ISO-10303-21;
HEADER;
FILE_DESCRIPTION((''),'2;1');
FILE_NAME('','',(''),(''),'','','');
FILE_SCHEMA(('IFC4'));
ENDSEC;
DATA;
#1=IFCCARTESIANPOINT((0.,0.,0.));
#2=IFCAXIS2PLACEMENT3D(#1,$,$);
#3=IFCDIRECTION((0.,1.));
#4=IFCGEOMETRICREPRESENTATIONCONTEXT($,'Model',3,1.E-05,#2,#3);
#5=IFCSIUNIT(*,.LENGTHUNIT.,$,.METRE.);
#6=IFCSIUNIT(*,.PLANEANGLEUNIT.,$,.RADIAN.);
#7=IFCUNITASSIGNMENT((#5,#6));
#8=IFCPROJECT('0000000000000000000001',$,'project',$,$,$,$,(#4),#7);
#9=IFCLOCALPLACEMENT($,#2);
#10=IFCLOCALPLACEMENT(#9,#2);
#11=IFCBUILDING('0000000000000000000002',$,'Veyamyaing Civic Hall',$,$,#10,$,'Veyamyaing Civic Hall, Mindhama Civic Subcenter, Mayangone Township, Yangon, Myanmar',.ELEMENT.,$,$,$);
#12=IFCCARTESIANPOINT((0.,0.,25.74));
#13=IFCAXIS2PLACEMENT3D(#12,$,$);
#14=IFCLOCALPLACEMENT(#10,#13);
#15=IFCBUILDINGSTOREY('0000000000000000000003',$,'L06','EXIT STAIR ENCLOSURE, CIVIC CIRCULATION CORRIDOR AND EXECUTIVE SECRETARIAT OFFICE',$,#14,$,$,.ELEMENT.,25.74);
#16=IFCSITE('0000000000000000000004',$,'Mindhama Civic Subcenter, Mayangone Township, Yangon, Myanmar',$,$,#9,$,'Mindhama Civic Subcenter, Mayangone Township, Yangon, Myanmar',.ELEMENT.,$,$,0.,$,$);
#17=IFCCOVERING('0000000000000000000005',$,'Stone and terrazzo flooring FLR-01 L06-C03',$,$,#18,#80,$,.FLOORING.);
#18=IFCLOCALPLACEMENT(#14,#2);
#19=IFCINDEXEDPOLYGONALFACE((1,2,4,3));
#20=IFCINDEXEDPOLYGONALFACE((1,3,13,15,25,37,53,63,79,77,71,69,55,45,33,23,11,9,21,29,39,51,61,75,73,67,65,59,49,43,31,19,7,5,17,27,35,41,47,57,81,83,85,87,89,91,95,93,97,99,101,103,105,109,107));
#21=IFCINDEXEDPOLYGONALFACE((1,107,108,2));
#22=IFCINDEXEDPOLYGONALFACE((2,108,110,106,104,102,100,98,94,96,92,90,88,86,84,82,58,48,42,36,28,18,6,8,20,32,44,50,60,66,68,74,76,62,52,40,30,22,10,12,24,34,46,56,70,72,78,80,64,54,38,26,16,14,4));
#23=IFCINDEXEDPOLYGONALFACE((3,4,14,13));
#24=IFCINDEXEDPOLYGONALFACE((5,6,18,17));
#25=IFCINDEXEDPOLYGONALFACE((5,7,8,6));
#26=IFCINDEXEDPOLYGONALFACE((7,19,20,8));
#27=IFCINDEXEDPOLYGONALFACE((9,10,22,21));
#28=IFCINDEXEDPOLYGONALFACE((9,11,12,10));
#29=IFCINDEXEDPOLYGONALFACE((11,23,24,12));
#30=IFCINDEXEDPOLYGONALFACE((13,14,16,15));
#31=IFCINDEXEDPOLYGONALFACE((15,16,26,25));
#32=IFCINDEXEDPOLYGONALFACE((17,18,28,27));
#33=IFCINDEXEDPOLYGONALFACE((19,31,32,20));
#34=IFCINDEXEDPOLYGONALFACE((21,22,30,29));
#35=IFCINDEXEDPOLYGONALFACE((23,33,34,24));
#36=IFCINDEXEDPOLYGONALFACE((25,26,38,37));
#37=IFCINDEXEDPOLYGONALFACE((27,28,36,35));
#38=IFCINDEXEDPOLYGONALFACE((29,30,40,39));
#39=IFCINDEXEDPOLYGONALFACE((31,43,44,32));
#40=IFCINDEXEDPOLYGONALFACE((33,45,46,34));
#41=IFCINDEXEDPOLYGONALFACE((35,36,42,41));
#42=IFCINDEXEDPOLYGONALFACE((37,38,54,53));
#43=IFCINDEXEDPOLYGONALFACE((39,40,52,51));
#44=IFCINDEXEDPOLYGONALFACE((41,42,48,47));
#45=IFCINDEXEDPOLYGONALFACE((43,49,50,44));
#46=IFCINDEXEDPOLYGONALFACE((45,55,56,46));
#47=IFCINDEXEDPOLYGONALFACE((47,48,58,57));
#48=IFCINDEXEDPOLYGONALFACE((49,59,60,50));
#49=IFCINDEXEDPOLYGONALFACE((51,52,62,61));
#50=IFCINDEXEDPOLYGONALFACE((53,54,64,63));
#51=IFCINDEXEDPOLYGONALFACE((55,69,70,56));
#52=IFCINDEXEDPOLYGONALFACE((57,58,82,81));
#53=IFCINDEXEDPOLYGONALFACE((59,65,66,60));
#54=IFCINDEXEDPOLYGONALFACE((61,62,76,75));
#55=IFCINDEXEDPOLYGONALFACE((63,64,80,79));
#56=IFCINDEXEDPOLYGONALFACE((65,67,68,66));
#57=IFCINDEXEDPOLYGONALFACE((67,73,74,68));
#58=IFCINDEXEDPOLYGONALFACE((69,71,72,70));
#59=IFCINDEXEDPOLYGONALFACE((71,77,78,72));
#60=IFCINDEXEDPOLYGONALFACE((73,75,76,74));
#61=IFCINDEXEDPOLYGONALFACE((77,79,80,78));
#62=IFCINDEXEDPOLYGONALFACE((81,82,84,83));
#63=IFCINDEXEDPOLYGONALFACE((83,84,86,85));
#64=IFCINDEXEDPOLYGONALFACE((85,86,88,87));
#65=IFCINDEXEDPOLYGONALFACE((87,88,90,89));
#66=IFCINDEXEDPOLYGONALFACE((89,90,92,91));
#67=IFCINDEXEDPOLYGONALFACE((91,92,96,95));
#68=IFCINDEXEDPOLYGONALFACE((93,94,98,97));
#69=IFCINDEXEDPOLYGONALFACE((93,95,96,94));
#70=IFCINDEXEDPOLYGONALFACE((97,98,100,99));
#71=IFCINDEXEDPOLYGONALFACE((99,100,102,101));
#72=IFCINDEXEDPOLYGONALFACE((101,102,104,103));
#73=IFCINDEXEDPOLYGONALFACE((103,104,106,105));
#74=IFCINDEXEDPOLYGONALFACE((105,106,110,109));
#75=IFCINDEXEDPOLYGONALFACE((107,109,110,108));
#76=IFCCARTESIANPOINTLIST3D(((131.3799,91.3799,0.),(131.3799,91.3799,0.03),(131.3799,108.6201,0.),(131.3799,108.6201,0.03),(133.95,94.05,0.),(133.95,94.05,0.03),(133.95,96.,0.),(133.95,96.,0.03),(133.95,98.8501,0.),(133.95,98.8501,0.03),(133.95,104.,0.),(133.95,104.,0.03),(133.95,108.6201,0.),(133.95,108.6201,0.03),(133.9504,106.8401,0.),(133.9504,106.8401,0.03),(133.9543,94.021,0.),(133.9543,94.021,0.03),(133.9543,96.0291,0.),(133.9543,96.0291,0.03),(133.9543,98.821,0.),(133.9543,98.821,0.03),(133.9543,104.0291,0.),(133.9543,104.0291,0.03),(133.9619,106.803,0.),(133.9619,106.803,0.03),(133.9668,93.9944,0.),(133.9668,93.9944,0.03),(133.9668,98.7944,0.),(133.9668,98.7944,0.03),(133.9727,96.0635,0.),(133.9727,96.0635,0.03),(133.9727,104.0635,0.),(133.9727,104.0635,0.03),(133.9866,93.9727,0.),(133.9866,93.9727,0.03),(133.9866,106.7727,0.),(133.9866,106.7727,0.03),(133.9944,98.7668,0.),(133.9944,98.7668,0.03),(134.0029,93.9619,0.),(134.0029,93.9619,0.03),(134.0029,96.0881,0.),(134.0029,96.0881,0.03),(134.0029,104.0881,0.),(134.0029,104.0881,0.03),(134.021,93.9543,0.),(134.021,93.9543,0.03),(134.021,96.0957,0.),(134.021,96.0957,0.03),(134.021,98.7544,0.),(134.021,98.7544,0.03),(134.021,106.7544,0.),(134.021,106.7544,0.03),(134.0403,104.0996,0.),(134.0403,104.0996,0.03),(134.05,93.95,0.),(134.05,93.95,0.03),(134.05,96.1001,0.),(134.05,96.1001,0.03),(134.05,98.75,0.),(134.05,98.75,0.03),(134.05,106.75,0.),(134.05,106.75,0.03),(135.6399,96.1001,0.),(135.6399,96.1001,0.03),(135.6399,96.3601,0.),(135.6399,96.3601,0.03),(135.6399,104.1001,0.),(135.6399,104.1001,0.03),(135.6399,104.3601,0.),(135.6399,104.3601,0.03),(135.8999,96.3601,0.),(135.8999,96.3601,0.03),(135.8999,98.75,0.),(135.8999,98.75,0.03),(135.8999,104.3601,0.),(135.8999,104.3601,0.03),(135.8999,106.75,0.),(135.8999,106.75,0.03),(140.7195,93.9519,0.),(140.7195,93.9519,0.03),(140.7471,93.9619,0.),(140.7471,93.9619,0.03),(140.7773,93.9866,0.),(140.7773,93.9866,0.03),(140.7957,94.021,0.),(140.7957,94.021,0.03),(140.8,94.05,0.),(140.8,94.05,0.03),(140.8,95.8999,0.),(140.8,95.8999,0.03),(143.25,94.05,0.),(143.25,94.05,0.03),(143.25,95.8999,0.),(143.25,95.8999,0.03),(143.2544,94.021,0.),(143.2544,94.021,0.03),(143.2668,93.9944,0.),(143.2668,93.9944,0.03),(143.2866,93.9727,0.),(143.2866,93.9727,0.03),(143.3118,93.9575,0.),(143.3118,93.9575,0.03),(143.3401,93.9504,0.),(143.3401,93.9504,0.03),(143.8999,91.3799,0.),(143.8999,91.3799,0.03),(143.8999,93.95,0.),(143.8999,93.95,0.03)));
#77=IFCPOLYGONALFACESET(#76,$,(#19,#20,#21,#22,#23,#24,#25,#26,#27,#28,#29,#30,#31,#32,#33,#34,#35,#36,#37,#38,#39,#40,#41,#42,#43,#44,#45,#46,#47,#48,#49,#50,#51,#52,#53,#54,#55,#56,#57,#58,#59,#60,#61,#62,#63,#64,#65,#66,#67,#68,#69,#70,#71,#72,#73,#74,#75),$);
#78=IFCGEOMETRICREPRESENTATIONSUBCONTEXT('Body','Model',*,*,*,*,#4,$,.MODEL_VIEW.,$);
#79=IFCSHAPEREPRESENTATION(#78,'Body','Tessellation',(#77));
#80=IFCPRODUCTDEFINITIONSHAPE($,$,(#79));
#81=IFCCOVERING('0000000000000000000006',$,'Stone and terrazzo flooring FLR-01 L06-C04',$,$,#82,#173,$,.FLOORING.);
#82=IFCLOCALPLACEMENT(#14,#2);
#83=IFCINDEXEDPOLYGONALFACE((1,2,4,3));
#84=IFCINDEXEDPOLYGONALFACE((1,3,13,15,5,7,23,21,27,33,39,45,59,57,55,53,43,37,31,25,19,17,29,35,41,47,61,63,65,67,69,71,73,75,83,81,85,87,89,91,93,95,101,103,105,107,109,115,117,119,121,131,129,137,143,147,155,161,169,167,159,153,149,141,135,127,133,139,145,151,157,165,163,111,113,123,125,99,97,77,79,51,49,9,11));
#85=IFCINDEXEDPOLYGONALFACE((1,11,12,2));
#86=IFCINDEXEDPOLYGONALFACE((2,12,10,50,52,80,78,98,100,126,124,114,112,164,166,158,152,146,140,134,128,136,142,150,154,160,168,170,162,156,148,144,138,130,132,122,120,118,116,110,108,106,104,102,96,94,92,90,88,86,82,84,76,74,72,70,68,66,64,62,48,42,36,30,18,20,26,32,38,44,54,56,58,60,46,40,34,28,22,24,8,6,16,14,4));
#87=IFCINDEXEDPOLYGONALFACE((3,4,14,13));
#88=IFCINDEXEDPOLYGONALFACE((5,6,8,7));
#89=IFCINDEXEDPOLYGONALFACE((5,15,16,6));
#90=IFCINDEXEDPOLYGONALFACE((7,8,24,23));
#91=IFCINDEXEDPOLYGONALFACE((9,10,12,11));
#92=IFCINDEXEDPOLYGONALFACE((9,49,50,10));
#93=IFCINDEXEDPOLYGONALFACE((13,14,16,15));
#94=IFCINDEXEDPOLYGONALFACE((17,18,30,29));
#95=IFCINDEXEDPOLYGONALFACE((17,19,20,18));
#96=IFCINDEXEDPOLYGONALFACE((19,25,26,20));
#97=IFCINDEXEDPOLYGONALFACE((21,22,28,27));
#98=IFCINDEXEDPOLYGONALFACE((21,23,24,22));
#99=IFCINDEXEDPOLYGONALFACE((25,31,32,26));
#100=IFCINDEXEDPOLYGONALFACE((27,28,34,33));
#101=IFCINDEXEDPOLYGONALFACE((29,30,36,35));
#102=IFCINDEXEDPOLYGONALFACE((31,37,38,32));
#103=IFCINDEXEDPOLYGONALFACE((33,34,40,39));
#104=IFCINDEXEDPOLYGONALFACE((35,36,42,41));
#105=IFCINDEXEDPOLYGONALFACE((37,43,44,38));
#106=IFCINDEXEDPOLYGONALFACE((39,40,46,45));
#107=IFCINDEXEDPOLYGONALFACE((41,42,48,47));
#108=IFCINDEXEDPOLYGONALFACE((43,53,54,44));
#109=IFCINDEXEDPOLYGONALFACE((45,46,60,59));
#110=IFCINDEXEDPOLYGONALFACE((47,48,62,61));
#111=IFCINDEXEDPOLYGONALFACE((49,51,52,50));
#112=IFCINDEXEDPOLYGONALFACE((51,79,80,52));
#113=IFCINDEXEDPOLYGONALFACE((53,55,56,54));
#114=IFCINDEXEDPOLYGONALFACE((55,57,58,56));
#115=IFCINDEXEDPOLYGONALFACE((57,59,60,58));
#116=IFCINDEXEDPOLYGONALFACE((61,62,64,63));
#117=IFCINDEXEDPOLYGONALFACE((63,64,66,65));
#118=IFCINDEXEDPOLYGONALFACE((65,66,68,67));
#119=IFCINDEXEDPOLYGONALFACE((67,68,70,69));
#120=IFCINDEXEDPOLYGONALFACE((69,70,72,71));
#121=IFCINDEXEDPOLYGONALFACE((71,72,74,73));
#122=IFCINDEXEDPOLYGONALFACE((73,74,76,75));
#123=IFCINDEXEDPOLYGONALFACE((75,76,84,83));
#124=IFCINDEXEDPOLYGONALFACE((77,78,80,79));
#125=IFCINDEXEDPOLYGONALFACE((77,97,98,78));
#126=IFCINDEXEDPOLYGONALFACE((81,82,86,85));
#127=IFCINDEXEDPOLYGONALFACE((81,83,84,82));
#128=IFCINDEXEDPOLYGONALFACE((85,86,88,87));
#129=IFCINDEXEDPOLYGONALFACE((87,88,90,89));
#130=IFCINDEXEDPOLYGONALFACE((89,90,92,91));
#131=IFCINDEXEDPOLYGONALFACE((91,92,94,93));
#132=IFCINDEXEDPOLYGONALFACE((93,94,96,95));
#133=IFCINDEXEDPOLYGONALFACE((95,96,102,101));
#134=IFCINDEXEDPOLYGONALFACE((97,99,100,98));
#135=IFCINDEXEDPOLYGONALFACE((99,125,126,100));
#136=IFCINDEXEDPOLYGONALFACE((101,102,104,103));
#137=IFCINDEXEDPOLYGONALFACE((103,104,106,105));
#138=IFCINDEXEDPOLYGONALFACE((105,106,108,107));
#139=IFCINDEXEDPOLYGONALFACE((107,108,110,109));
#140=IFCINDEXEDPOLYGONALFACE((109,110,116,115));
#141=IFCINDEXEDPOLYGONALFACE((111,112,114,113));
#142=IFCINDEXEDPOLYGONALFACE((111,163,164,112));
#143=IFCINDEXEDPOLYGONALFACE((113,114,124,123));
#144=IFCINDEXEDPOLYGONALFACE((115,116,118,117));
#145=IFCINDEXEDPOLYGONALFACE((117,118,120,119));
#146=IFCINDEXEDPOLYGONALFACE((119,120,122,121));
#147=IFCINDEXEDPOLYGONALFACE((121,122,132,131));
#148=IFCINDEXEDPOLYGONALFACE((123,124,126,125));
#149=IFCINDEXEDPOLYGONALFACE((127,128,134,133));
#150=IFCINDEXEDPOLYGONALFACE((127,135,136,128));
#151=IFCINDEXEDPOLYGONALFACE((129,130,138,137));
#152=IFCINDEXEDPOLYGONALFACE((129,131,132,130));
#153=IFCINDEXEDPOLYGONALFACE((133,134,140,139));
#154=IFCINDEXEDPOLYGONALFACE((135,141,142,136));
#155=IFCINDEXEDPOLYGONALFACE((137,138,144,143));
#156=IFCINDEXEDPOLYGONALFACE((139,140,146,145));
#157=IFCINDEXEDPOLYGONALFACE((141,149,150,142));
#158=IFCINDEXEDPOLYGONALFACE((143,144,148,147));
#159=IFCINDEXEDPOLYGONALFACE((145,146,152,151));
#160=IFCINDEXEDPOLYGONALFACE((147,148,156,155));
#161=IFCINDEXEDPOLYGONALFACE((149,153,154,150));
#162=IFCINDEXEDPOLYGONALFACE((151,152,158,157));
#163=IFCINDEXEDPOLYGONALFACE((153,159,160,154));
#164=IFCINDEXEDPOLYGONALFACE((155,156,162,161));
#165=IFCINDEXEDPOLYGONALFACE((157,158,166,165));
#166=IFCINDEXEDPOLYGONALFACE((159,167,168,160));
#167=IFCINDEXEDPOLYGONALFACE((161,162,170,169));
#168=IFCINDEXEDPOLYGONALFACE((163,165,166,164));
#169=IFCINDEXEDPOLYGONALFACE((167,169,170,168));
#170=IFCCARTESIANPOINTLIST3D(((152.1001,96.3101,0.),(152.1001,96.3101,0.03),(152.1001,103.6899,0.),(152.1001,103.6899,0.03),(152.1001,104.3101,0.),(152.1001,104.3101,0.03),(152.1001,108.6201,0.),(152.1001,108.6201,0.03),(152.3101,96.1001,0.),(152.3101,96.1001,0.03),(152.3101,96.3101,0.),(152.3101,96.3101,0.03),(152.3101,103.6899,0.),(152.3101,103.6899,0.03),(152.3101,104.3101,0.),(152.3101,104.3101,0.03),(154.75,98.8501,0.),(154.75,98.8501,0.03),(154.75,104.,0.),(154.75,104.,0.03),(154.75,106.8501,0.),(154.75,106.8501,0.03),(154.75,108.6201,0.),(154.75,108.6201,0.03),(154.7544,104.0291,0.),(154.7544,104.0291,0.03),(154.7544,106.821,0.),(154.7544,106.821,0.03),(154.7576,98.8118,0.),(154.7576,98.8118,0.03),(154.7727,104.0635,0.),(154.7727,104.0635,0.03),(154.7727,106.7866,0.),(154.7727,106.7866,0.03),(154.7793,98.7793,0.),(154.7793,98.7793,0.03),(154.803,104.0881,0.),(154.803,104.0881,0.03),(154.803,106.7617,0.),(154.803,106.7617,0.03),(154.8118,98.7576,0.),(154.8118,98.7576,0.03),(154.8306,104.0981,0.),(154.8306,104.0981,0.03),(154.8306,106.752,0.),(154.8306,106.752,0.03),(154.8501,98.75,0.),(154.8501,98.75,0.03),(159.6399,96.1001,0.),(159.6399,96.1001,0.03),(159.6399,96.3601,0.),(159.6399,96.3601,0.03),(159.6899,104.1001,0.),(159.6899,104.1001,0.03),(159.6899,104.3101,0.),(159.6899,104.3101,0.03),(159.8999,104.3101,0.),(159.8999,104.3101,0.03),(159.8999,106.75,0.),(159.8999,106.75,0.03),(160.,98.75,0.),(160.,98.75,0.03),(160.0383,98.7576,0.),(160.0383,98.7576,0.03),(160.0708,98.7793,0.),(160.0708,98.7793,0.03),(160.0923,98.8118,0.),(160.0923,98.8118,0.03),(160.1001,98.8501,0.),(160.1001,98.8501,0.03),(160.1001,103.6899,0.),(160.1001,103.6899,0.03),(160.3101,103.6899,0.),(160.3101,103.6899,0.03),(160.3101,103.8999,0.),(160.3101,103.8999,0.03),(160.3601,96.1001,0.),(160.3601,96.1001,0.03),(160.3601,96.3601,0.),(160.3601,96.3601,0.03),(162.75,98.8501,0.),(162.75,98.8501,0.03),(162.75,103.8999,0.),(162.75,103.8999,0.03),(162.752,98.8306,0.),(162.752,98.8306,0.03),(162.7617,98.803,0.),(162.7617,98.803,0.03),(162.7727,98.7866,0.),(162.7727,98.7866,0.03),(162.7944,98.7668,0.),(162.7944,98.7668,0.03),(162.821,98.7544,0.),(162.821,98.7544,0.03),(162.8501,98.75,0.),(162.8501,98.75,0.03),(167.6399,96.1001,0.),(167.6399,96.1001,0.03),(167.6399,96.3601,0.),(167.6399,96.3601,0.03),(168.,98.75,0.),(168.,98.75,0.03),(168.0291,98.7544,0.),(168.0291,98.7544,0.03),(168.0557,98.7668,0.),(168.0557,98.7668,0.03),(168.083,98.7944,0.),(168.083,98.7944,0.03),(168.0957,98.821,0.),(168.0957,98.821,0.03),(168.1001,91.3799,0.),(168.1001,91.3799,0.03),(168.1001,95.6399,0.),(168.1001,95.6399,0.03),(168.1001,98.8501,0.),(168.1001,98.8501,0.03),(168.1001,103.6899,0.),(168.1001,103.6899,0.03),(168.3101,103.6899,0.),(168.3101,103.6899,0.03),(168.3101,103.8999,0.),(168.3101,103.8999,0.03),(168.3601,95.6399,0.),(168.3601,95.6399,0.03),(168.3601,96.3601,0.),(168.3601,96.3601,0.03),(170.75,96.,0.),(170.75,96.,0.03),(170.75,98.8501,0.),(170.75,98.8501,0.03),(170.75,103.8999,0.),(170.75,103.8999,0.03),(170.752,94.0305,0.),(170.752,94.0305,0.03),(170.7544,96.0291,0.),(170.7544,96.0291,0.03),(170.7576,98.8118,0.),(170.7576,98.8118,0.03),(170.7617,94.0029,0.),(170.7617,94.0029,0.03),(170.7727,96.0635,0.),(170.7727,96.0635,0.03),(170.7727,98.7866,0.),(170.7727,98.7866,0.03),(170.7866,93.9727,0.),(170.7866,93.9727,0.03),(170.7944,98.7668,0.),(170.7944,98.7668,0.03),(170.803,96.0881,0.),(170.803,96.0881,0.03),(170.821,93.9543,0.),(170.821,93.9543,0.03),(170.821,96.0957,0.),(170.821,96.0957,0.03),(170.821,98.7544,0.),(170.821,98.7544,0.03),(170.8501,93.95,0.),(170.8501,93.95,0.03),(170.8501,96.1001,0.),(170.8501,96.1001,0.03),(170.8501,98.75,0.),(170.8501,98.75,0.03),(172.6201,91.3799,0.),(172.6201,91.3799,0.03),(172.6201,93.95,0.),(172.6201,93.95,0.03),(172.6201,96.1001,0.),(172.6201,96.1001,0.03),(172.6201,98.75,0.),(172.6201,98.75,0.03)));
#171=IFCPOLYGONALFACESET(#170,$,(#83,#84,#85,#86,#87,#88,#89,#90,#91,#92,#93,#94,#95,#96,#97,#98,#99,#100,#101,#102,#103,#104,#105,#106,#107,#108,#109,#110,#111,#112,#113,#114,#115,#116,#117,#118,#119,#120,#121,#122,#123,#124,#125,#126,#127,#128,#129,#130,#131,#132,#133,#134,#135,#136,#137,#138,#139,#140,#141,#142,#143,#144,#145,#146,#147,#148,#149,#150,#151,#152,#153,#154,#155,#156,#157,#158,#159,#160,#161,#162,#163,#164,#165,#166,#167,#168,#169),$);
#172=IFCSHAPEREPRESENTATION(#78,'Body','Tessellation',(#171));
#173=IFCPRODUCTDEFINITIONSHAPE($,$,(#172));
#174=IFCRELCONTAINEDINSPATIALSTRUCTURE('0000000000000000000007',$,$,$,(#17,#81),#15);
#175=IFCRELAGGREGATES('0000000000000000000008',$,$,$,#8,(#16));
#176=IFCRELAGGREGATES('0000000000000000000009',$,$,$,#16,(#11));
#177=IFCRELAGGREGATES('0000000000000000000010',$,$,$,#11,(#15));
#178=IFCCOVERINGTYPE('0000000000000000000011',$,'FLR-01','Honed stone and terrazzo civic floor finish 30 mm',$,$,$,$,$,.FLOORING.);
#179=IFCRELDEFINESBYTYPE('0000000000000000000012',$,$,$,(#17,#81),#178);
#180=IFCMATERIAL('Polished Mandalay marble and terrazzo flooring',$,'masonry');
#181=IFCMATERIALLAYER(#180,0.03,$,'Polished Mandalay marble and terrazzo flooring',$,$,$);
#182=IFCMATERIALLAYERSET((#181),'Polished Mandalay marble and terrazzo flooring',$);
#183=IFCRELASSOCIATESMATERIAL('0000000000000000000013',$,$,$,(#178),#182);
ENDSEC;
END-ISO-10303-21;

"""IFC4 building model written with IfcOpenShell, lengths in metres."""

from ifc_helpers import new_model, si_unit, direction, frame, origin, place, context, subcontext, project, spatial, polyline, outline, extrude, material, layer, layer_set, type_object, element, save


model = new_model("IFC4")

# Units and contexts
model_context = context("Model", 3, precision=1e-05, world=origin(), true_north=direction((0.0, 1.0)))
body_context = subcontext(model_context, "Body", "Model", "MODEL_VIEW")
ifc_project = project(units=[si_unit("LENGTHUNIT", "METRE"), si_unit("PLANEANGLEUNIT", "RADIAN")], contexts=[model_context])

# Site, building, storey
site_placement = place(None, origin())
site = spatial("IfcSite", under=ifc_project, at=site_placement, Name="Mindhama Civic Subcenter, Mayangone Township, Yangon, Myanmar", LongName="Mindhama Civic Subcenter, Mayangone Township, Yangon, Myanmar", CompositionType="ELEMENT", RefElevation=0.0)
building_placement = place(site_placement, origin())
building = spatial("IfcBuilding", under=site, at=building_placement, Name="Veyamyaing Civic Hall", LongName="Veyamyaing Civic Hall, Mindhama Civic Subcenter, Mayangone Township, Yangon, Myanmar", CompositionType="ELEMENT")
storey_placement = place(building_placement, frame((0.0, 0.0, 25.74)))
storey = spatial("IfcBuildingStorey", under=building, at=storey_placement, Name="L06", Description="EXIT STAIR ENCLOSURE, CIVIC CIRCULATION CORRIDOR AND EXECUTIVE SECRETARIAT OFFICE", CompositionType="ELEMENT", Elevation=25.74)

# Coverings
ifc_material_1 = material(Name="Polished Mandalay marble and terrazzo flooring", Category="masonry")
ifc_layer_1 = layer(ifc_material_1, 0.03, Name="Polished Mandalay marble and terrazzo flooring")
ifc_layer_set_1 = layer_set([ifc_layer_1], Name="Polished Mandalay marble and terrazzo flooring")
covering_type_1 = type_object("IfcCoveringType", Name="FLR-01", Description="Honed stone and terrazzo civic floor finish 30 mm", PredefinedType="FLOORING", material=ifc_layer_set_1)
covering_1_placement = place(storey_placement, origin())
element("IfcCovering", 1, at=covering_1_placement, inside=storey, type_object=covering_type_1, Name="Stone and terrazzo flooring FLR-01 L06-C03", PredefinedType="FLOORING", context=body_context, shape_type="SweptSolid", body=[
    extrude(outline(polyline([(133.9504, 106.8401), (133.9619, 106.803), (133.9866, 106.7727), (134.021, 106.7544), (134.05, 106.75), (135.8999, 106.75), (135.8999, 104.3601), (135.6399, 104.3601), (135.6399, 104.1001), (134.0403, 104.0996), (134.0029, 104.0881), (133.9727, 104.0635), (133.9543, 104.0291), (133.95, 104.0), (133.95, 98.8501), (133.9543, 98.821), (133.9668, 98.7944), (133.9944, 98.7668), (134.021, 98.7544), (134.05, 98.75), (135.8999, 98.75), (135.8999, 96.3601), (135.6399, 96.3601), (135.6399, 96.1001), (134.05, 96.1001), (134.021, 96.0957), (134.0029, 96.0881), (133.9727, 96.0635), (133.9543, 96.0291), (133.95, 96.0), (133.95, 94.05), (133.9543, 94.021), (133.9668, 93.9944), (133.9866, 93.9727), (134.0029, 93.9619), (134.021, 93.9543), (134.05, 93.95), (140.7195, 93.9519), (140.7471, 93.9619), (140.7773, 93.9866), (140.7957, 94.021), (140.8, 94.05), (140.8, 95.8999), (143.25, 95.8999), (143.25, 94.05), (143.2544, 94.021), (143.2668, 93.9944), (143.2866, 93.9727), (143.3118, 93.9575), (143.3401, 93.9504), (143.8999, 93.95), (143.8999, 91.3799), (131.3799, 91.3799), (131.3799, 108.6201), (133.95, 108.6201), (133.9504, 106.8401)])), origin(), (0.0, 0.0, 1.0), 0.03),
])
covering_2_placement = place(storey_placement, origin())
element("IfcCovering", 2, at=covering_2_placement, inside=storey, type_object=covering_type_1, Name="Stone and terrazzo flooring FLR-01 L06-C04", PredefinedType="FLOORING", context=body_context, shape_type="SweptSolid", body=[
    extrude(outline(polyline([(154.8306, 104.0981), (154.803, 104.0881), (154.7727, 104.0635), (154.7544, 104.0291), (154.75, 104.0), (154.75, 98.8501), (154.7576, 98.8118), (154.7793, 98.7793), (154.8118, 98.7576), (154.8501, 98.75), (160.0, 98.75), (160.0383, 98.7576), (160.0708, 98.7793), (160.0923, 98.8118), (160.1001, 98.8501), (160.1001, 103.6899), (160.3101, 103.6899), (160.3101, 103.8999), (162.75, 103.8999), (162.75, 98.8501), (162.752, 98.8306), (162.7617, 98.803), (162.7727, 98.7866), (162.7944, 98.7668), (162.821, 98.7544), (162.8501, 98.75), (168.0, 98.75), (168.0291, 98.7544), (168.0557, 98.7668), (168.083, 98.7944), (168.0957, 98.821), (168.1001, 98.8501), (168.1001, 103.6899), (168.3101, 103.6899), (168.3101, 103.8999), (170.75, 103.8999), (170.75, 98.8501), (170.7576, 98.8118), (170.7727, 98.7866), (170.7944, 98.7668), (170.821, 98.7544), (170.8501, 98.75), (172.6201, 98.75), (172.6201, 96.1001), (170.8501, 96.1001), (170.821, 96.0957), (170.803, 96.0881), (170.7727, 96.0635), (170.7544, 96.0291), (170.75, 96.0), (170.752, 94.0305), (170.7617, 94.0029), (170.7866, 93.9727), (170.821, 93.9543), (170.8501, 93.95), (172.6201, 93.95), (172.6201, 91.3799), (168.1001, 91.3799), (168.1001, 95.6399), (168.3601, 95.6399), (168.3601, 96.3601), (167.6399, 96.3601), (167.6399, 96.1001), (160.3601, 96.1001), (160.3601, 96.3601), (159.6399, 96.3601), (159.6399, 96.1001), (152.3101, 96.1001), (152.3101, 96.3101), (152.1001, 96.3101), (152.1001, 103.6899), (152.3101, 103.6899), (152.3101, 104.3101), (152.1001, 104.3101), (152.1001, 108.6201), (154.75, 108.6201), (154.75, 106.8501), (154.7544, 106.821), (154.7727, 106.7866), (154.803, 106.7617), (154.8306, 106.752), (159.8999, 106.75), (159.8999, 104.3101), (159.6899, 104.3101), (159.6899, 104.1001), (154.8306, 104.0981)])), origin(), (0.0, 0.0, 1.0), 0.03),
])

save(model, "model.ifc")
